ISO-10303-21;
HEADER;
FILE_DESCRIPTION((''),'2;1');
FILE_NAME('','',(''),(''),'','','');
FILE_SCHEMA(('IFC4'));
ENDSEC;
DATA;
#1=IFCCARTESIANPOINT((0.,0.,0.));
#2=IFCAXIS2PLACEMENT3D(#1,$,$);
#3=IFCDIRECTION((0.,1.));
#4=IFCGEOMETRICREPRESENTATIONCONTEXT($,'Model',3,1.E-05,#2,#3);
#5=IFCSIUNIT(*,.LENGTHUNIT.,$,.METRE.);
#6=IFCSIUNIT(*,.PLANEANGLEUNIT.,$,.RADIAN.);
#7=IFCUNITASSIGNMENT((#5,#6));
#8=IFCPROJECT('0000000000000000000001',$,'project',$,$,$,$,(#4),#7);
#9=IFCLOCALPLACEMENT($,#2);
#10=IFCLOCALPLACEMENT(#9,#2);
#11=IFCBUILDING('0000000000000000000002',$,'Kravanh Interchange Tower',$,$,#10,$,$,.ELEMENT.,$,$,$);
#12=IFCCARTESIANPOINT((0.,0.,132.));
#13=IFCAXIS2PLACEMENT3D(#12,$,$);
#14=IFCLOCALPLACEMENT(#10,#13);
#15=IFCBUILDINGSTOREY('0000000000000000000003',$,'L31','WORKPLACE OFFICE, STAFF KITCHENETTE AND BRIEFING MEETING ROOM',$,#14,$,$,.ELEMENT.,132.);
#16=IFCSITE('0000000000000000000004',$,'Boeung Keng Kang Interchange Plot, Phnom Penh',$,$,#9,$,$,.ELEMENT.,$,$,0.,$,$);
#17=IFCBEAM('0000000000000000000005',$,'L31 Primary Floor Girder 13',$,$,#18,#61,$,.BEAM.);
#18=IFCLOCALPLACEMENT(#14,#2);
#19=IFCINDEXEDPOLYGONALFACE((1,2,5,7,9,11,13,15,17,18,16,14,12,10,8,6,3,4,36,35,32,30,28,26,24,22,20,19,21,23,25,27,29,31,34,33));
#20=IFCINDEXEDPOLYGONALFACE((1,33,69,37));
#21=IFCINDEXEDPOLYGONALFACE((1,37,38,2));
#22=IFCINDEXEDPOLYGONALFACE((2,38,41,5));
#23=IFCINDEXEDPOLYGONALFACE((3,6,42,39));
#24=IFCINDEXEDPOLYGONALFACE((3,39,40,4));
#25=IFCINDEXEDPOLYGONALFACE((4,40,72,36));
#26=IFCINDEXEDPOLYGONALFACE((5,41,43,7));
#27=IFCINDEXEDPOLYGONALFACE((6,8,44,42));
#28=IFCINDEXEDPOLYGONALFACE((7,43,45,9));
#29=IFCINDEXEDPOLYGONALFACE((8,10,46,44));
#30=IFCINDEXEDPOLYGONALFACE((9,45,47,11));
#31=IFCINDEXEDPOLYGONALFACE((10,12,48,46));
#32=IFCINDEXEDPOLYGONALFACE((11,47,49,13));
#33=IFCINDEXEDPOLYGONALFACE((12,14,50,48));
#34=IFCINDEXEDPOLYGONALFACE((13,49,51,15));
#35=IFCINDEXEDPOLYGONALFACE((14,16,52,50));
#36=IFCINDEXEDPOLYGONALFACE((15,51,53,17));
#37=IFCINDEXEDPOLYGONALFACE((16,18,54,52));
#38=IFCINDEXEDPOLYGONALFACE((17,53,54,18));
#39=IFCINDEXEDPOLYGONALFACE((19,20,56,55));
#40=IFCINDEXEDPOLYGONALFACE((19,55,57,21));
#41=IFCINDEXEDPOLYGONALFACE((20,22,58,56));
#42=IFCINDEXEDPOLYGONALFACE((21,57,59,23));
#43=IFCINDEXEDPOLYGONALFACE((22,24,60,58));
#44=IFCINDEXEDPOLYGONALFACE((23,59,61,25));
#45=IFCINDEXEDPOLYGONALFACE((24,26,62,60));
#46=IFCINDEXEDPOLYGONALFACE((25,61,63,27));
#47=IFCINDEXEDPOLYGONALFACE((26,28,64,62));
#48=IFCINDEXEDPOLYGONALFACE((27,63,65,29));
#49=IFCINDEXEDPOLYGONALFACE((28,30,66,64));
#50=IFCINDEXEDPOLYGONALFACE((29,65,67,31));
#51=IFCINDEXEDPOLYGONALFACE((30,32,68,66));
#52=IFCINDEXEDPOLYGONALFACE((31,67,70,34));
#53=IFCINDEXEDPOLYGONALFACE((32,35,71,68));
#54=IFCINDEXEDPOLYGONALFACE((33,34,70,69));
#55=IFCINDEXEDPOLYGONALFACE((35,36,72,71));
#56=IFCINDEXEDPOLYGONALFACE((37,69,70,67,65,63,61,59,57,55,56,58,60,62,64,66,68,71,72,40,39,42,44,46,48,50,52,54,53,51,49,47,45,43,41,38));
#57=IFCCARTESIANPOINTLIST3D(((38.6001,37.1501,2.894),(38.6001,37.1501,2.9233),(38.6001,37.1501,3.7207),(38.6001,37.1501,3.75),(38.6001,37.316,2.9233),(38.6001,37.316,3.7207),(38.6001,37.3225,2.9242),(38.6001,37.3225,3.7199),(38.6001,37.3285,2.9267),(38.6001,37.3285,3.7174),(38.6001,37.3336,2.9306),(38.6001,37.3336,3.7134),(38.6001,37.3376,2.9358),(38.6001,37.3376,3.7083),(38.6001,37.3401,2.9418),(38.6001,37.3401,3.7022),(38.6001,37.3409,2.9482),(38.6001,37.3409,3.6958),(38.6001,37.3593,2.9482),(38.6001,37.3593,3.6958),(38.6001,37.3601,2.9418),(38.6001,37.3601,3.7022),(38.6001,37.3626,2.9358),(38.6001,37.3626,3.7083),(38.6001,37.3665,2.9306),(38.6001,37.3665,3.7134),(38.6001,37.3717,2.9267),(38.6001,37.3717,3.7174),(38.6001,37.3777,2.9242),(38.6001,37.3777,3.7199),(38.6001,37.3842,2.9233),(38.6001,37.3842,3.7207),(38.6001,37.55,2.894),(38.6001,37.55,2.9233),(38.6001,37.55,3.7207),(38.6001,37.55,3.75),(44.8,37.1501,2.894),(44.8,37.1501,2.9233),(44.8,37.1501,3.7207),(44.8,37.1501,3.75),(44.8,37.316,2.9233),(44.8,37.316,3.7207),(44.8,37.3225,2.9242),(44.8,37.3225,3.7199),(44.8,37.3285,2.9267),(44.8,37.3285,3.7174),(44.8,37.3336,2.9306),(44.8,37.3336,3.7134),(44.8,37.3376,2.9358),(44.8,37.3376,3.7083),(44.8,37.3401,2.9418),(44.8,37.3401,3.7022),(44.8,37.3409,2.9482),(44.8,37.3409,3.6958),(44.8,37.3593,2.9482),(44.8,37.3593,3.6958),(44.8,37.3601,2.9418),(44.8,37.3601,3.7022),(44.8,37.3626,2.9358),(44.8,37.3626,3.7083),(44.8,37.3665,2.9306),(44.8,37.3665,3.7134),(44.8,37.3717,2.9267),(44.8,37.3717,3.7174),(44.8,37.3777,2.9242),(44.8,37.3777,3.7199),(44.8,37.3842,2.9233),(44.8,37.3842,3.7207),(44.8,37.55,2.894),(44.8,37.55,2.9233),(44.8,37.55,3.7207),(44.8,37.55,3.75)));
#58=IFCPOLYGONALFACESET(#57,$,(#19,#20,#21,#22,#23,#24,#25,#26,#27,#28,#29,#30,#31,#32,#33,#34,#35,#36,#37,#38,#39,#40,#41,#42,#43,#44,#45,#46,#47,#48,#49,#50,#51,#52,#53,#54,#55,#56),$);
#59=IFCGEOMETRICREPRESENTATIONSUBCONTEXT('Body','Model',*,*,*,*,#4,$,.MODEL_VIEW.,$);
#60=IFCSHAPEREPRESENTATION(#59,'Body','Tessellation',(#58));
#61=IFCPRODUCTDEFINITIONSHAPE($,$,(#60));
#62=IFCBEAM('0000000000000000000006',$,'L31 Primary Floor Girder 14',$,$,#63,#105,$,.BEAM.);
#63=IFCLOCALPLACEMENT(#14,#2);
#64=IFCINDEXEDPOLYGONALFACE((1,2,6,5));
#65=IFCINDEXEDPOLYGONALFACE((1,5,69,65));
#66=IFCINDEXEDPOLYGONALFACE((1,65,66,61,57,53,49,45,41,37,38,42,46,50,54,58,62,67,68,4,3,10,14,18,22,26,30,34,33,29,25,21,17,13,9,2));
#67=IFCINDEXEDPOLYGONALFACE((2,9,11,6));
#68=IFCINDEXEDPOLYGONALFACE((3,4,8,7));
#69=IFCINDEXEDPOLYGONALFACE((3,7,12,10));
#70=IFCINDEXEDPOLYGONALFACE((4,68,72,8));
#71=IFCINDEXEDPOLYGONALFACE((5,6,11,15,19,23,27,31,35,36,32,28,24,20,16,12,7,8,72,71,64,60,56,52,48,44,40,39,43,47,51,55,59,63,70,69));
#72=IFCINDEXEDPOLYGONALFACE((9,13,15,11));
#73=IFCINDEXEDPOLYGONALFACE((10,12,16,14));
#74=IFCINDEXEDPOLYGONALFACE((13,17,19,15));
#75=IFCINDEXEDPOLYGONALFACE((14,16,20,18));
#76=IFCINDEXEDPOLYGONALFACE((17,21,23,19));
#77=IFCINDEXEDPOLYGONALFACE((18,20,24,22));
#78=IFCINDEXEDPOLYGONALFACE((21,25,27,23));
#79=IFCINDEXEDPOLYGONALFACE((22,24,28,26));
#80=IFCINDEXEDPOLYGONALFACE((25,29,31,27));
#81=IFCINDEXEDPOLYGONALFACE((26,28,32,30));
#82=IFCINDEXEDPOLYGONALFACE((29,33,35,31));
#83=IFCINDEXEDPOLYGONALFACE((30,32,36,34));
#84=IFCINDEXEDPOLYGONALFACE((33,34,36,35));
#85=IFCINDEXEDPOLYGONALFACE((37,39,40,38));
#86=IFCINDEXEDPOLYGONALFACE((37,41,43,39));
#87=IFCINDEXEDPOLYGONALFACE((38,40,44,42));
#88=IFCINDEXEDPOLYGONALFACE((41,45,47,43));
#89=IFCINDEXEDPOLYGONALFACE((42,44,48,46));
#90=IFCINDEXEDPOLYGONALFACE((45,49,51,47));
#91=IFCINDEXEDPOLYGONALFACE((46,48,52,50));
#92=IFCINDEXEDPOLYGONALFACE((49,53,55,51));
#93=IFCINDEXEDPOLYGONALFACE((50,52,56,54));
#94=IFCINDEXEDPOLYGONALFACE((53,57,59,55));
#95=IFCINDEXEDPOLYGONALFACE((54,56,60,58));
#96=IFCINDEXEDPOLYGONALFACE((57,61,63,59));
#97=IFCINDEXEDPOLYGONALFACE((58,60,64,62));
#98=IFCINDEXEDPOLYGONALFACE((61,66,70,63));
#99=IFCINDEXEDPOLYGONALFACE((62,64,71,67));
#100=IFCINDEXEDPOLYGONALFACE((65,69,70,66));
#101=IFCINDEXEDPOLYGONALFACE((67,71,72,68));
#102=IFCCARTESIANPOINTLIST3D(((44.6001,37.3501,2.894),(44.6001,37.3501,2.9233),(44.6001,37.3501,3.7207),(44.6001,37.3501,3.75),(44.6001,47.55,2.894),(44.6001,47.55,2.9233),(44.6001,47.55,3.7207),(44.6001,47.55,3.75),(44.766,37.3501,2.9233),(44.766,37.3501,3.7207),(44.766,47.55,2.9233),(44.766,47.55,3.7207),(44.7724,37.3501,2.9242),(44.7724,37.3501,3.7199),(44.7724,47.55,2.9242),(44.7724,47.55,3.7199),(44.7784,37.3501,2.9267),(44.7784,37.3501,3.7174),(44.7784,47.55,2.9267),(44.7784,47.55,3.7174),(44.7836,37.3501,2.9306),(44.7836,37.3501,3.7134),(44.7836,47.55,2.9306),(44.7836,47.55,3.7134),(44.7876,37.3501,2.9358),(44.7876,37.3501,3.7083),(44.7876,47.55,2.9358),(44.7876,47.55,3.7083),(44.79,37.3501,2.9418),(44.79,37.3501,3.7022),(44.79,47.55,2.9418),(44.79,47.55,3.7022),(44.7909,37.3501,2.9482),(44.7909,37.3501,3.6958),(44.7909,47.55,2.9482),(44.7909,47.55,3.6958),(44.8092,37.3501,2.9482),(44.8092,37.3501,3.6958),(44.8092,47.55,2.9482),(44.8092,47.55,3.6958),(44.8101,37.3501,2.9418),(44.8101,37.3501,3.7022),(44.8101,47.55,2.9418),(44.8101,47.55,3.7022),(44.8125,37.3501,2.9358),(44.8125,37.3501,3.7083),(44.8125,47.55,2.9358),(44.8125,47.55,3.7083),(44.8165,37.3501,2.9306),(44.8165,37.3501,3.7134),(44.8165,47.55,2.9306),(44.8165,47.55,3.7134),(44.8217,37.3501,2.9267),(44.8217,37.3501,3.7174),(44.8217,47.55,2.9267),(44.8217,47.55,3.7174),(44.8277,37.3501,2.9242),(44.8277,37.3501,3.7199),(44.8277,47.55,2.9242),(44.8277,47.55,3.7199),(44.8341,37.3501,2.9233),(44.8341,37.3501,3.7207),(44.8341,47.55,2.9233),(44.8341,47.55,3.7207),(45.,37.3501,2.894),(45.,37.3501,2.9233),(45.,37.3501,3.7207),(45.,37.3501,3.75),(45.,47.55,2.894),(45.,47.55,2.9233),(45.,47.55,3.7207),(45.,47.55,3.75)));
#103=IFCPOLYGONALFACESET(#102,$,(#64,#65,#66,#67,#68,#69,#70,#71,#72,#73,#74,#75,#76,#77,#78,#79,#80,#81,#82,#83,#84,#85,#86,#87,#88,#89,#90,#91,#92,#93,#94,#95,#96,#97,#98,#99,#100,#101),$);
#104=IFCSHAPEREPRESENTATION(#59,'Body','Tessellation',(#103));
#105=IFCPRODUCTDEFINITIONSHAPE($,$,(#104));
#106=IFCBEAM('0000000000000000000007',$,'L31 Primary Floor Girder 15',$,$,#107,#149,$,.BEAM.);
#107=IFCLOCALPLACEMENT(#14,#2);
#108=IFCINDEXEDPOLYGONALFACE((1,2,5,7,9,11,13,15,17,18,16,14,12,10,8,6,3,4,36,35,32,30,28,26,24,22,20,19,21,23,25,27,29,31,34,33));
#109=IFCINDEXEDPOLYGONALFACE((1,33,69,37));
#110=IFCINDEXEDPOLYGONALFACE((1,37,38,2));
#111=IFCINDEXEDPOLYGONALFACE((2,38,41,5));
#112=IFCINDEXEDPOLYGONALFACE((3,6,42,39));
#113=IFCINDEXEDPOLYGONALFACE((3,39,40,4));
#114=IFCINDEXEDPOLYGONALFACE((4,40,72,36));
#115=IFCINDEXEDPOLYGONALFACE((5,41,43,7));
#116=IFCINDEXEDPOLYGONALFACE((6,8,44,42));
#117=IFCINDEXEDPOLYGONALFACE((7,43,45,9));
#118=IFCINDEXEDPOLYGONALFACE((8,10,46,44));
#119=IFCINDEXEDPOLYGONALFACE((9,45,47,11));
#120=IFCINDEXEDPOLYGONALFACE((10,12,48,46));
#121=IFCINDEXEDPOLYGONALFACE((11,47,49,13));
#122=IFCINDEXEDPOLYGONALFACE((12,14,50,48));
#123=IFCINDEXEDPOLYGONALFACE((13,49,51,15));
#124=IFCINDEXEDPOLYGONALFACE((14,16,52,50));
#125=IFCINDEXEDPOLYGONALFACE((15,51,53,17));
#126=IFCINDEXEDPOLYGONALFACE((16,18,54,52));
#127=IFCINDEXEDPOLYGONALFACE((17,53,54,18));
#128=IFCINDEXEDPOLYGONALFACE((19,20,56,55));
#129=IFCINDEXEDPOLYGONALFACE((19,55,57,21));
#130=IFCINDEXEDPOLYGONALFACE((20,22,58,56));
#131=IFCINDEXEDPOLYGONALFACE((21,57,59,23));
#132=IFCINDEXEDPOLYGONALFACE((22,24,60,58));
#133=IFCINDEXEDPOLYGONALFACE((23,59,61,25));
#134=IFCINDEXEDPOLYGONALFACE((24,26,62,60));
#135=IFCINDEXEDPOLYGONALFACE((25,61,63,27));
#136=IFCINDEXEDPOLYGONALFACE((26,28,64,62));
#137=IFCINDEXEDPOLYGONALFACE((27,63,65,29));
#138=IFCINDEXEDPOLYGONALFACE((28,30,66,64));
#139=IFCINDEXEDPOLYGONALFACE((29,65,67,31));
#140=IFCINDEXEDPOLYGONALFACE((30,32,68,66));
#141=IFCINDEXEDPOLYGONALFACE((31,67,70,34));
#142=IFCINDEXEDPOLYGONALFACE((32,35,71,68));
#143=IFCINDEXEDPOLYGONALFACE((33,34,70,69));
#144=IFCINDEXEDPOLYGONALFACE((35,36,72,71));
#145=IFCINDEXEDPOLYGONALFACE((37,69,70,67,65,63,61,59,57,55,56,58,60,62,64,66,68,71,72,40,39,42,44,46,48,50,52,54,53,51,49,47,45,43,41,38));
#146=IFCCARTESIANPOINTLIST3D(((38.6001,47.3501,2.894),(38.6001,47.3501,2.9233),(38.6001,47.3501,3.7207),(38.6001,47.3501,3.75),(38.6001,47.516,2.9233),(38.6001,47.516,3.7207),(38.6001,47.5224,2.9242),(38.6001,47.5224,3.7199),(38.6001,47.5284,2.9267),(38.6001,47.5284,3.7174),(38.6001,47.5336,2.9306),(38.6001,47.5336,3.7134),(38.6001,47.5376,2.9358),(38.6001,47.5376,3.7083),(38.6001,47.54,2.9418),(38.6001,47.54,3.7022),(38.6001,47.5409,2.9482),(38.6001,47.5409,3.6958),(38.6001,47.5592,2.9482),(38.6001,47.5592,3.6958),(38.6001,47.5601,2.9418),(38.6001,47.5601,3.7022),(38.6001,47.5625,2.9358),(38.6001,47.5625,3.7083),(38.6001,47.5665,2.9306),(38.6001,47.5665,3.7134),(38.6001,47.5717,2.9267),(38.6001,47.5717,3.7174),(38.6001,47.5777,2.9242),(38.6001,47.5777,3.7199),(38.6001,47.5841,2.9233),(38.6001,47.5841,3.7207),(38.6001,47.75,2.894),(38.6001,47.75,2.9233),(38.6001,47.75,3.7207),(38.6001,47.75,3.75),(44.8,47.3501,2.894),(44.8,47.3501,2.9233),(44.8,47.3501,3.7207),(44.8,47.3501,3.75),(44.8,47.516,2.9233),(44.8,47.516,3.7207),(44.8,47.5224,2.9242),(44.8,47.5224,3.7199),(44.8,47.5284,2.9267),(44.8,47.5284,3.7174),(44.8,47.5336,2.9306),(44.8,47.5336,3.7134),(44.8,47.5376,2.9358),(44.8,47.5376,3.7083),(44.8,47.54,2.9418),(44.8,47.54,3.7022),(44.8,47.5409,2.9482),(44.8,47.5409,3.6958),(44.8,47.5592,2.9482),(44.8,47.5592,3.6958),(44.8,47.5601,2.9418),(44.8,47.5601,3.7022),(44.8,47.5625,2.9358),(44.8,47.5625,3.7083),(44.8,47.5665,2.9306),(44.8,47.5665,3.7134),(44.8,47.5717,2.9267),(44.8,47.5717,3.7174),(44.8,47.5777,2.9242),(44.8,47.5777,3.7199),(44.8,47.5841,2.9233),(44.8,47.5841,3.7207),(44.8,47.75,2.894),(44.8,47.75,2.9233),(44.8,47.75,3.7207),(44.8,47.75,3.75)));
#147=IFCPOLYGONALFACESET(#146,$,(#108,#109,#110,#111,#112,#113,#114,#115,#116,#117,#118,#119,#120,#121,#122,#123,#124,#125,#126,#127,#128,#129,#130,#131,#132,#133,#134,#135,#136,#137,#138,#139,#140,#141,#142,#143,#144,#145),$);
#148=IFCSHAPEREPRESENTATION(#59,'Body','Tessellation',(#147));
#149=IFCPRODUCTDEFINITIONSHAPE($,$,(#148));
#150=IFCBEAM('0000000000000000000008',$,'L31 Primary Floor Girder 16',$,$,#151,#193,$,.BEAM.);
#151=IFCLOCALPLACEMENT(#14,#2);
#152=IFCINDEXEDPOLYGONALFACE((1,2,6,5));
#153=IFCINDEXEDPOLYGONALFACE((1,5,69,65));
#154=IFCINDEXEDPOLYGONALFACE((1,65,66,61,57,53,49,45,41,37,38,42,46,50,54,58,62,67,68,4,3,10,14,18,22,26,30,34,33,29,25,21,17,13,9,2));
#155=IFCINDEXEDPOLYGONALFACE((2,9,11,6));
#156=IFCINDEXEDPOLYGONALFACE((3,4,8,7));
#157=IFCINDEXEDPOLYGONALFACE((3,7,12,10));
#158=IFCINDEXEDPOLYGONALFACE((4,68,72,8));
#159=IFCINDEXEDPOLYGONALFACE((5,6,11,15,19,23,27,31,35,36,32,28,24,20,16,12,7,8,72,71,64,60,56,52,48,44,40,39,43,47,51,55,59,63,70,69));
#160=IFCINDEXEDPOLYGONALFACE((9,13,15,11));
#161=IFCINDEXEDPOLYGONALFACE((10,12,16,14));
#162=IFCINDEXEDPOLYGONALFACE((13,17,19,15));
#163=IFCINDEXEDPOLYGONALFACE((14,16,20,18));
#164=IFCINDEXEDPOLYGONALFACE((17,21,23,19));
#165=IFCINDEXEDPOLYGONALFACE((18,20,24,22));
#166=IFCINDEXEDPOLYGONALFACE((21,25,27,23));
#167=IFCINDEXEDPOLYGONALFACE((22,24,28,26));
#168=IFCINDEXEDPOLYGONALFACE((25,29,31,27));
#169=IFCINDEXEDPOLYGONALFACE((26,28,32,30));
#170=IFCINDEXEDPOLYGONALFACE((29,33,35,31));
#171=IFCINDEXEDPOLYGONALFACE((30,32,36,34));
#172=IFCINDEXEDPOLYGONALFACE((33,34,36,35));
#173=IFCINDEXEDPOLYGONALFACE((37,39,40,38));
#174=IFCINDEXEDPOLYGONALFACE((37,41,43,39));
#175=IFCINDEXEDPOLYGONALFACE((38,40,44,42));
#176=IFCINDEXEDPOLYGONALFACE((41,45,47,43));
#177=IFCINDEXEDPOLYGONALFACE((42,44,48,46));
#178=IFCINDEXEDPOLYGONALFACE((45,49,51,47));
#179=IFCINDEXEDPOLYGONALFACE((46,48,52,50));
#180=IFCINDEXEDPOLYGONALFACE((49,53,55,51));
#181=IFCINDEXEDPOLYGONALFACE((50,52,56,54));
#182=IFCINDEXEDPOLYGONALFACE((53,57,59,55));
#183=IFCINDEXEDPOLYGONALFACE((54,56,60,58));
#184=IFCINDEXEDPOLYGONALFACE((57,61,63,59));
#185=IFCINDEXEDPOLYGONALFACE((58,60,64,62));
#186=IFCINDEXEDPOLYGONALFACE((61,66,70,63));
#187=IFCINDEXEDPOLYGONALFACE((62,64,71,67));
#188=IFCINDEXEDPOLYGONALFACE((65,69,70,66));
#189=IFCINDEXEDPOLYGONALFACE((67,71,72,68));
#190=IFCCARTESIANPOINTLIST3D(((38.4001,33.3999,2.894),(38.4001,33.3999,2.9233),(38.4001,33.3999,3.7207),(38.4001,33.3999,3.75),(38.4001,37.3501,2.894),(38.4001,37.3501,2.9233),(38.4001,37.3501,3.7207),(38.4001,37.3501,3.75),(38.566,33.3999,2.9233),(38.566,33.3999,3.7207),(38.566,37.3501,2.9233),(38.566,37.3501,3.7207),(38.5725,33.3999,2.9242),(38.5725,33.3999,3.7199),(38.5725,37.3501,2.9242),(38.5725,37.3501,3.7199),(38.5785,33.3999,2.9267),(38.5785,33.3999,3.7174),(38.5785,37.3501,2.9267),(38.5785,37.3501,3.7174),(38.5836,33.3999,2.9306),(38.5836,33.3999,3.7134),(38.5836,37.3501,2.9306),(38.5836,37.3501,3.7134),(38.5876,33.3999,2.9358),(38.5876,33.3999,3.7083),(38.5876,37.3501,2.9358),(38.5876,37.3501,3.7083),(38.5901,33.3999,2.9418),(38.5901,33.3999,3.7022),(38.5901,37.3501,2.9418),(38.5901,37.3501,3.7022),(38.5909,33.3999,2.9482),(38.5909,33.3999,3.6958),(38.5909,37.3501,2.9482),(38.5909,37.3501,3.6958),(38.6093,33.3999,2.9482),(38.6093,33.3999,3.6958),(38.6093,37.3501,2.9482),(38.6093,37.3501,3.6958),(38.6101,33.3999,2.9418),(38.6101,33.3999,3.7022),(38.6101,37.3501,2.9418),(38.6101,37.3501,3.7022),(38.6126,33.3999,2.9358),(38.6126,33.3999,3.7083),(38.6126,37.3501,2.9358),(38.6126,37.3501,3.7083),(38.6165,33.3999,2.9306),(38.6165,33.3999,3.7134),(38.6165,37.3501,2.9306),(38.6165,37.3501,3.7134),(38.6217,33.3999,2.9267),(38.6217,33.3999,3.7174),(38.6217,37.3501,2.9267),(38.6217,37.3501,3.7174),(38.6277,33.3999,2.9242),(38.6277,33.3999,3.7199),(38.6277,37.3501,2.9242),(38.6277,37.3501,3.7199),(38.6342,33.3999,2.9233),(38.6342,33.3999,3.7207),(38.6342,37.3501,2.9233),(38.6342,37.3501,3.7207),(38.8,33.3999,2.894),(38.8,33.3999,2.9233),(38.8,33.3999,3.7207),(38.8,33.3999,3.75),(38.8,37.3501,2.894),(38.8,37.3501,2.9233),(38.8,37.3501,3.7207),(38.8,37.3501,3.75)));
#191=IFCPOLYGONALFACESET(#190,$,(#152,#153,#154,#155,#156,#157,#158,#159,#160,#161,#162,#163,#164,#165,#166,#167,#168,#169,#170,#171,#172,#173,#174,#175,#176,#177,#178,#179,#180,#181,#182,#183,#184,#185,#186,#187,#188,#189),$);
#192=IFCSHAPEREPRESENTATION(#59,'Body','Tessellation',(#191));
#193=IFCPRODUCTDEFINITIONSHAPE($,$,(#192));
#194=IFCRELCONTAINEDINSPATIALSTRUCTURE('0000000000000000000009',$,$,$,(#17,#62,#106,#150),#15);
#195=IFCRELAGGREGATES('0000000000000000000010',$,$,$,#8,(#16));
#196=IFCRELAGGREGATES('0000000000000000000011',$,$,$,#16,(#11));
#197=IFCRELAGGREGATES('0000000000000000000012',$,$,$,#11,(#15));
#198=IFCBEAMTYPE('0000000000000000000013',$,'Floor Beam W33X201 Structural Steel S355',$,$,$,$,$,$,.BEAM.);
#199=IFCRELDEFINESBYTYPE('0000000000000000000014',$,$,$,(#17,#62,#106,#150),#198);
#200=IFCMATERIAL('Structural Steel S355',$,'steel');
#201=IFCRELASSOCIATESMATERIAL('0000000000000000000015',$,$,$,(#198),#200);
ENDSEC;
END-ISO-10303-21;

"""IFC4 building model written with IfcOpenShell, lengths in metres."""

from ifc_helpers import new_model, si_unit, direction, frame, origin, origin_2d, place, context, subcontext, project, spatial, i_section, extrude, material, material_profile, profile_set, type_object, element, save


model = new_model("IFC4")

# Units and contexts
model_context = context("Model", 3, precision=1e-05, world=origin(), true_north=direction((0.0, 1.0)))
body_context = subcontext(model_context, "Body", "Model", "MODEL_VIEW")
ifc_project = project(units=[si_unit("LENGTHUNIT", "METRE"), si_unit("PLANEANGLEUNIT", "RADIAN")], contexts=[model_context])

# Site, building, storey
site_placement = place(None, origin())
site = spatial("IfcSite", under=ifc_project, at=site_placement, Name="Boeung Keng Kang Interchange Plot, Phnom Penh", CompositionType="ELEMENT", RefElevation=0.0)
building_placement = place(site_placement, origin())
building = spatial("IfcBuilding", under=site, at=building_placement, Name="Kravanh Interchange Tower", CompositionType="ELEMENT")
storey_placement = place(building_placement, frame((0.0, 0.0, 132.0)))
storey = spatial("IfcBuildingStorey", under=building, at=storey_placement, Name="L31", Description="WORKPLACE OFFICE, STAFF KITCHENETTE AND BRIEFING MEETING ROOM", CompositionType="ELEMENT", Elevation=132.0)

# Beams
ifc_material_1 = material(Name="Structural Steel S355", Category="steel")
ifc_material_profile_1 = material_profile(ifc_material_1, i_section(OverallWidth=0.3999, OverallDepth=0.856, WebThickness=0.0183, FlangeThickness=0.0293, FilletRadius=0.0249, at=origin_2d()), Name="W33X201")
ifc_profile_set_1 = profile_set([ifc_material_profile_1], Name="Structural Steel S355")
beam_type_1 = type_object("IfcBeamType", Name="Floor Beam W33X201 Structural Steel S355", PredefinedType="BEAM", material=ifc_profile_set_1)
beam_1_placement = place(storey_placement, frame((44.8, 37.3501, 3.322), z_axis=(-1.0, 0.0, 0.0), x_axis=(0.0, -1.0, 0.0)))
element("IfcBeam", 1, at=beam_1_placement, inside=storey, type_object=beam_type_1, Name="L31 Primary Floor Girder 13", PredefinedType="BEAM", context=body_context, shape_type="SweptSolid", body=[
    extrude(i_section(OverallWidth=0.3999, OverallDepth=0.856, WebThickness=0.0183, FlangeThickness=0.0293, FilletRadius=0.0249, at=origin_2d()), origin(), (0.0, 0.0, 1.0), 6.2),
])
beam_2_placement = place(storey_placement, frame((44.8, 37.3501, 3.322), z_axis=(0.0, 1.0, 0.0), x_axis=(-1.0, 0.0, 0.0)))
element("IfcBeam", 2, at=beam_2_placement, inside=storey, type_object=beam_type_1, Name="L31 Primary Floor Girder 14", PredefinedType="BEAM", context=body_context, shape_type="SweptSolid", body=[
    extrude(i_section(OverallWidth=0.3999, OverallDepth=0.856, WebThickness=0.0183, FlangeThickness=0.0293, FilletRadius=0.0249, at=origin_2d()), origin(), (0.0, 0.0, 1.0), 10.2),
])
beam_3_placement = place(storey_placement, frame((44.8, 47.55, 3.322), z_axis=(-1.0, 0.0, 0.0), x_axis=(0.0, -1.0, 0.0)))
element("IfcBeam", 3, at=beam_3_placement, inside=storey, type_object=beam_type_1, Name="L31 Primary Floor Girder 15", PredefinedType="BEAM", context=body_context, shape_type="SweptSolid", body=[
    extrude(i_section(OverallWidth=0.3999, OverallDepth=0.856, WebThickness=0.0183, FlangeThickness=0.0293, FilletRadius=0.0249, at=origin_2d()), origin(), (0.0, 0.0, 1.0), 6.2),
])
beam_4_placement = place(storey_placement, frame((38.6001, 37.3501, 3.322), z_axis=(0.0, -1.0, 0.0), x_axis=(1.0, 0.0, 0.0)))
element("IfcBeam", 4, at=beam_4_placement, inside=storey, type_object=beam_type_1, Name="L31 Primary Floor Girder 16", PredefinedType="BEAM", context=body_context, shape_type="SweptSolid", body=[
    extrude(i_section(OverallWidth=0.3999, OverallDepth=0.856, WebThickness=0.0183, FlangeThickness=0.0293, FilletRadius=0.0249, at=origin_2d()), origin(), (0.0, 0.0, 1.0), 3.9502),
])

save(model, "model.ifc")
